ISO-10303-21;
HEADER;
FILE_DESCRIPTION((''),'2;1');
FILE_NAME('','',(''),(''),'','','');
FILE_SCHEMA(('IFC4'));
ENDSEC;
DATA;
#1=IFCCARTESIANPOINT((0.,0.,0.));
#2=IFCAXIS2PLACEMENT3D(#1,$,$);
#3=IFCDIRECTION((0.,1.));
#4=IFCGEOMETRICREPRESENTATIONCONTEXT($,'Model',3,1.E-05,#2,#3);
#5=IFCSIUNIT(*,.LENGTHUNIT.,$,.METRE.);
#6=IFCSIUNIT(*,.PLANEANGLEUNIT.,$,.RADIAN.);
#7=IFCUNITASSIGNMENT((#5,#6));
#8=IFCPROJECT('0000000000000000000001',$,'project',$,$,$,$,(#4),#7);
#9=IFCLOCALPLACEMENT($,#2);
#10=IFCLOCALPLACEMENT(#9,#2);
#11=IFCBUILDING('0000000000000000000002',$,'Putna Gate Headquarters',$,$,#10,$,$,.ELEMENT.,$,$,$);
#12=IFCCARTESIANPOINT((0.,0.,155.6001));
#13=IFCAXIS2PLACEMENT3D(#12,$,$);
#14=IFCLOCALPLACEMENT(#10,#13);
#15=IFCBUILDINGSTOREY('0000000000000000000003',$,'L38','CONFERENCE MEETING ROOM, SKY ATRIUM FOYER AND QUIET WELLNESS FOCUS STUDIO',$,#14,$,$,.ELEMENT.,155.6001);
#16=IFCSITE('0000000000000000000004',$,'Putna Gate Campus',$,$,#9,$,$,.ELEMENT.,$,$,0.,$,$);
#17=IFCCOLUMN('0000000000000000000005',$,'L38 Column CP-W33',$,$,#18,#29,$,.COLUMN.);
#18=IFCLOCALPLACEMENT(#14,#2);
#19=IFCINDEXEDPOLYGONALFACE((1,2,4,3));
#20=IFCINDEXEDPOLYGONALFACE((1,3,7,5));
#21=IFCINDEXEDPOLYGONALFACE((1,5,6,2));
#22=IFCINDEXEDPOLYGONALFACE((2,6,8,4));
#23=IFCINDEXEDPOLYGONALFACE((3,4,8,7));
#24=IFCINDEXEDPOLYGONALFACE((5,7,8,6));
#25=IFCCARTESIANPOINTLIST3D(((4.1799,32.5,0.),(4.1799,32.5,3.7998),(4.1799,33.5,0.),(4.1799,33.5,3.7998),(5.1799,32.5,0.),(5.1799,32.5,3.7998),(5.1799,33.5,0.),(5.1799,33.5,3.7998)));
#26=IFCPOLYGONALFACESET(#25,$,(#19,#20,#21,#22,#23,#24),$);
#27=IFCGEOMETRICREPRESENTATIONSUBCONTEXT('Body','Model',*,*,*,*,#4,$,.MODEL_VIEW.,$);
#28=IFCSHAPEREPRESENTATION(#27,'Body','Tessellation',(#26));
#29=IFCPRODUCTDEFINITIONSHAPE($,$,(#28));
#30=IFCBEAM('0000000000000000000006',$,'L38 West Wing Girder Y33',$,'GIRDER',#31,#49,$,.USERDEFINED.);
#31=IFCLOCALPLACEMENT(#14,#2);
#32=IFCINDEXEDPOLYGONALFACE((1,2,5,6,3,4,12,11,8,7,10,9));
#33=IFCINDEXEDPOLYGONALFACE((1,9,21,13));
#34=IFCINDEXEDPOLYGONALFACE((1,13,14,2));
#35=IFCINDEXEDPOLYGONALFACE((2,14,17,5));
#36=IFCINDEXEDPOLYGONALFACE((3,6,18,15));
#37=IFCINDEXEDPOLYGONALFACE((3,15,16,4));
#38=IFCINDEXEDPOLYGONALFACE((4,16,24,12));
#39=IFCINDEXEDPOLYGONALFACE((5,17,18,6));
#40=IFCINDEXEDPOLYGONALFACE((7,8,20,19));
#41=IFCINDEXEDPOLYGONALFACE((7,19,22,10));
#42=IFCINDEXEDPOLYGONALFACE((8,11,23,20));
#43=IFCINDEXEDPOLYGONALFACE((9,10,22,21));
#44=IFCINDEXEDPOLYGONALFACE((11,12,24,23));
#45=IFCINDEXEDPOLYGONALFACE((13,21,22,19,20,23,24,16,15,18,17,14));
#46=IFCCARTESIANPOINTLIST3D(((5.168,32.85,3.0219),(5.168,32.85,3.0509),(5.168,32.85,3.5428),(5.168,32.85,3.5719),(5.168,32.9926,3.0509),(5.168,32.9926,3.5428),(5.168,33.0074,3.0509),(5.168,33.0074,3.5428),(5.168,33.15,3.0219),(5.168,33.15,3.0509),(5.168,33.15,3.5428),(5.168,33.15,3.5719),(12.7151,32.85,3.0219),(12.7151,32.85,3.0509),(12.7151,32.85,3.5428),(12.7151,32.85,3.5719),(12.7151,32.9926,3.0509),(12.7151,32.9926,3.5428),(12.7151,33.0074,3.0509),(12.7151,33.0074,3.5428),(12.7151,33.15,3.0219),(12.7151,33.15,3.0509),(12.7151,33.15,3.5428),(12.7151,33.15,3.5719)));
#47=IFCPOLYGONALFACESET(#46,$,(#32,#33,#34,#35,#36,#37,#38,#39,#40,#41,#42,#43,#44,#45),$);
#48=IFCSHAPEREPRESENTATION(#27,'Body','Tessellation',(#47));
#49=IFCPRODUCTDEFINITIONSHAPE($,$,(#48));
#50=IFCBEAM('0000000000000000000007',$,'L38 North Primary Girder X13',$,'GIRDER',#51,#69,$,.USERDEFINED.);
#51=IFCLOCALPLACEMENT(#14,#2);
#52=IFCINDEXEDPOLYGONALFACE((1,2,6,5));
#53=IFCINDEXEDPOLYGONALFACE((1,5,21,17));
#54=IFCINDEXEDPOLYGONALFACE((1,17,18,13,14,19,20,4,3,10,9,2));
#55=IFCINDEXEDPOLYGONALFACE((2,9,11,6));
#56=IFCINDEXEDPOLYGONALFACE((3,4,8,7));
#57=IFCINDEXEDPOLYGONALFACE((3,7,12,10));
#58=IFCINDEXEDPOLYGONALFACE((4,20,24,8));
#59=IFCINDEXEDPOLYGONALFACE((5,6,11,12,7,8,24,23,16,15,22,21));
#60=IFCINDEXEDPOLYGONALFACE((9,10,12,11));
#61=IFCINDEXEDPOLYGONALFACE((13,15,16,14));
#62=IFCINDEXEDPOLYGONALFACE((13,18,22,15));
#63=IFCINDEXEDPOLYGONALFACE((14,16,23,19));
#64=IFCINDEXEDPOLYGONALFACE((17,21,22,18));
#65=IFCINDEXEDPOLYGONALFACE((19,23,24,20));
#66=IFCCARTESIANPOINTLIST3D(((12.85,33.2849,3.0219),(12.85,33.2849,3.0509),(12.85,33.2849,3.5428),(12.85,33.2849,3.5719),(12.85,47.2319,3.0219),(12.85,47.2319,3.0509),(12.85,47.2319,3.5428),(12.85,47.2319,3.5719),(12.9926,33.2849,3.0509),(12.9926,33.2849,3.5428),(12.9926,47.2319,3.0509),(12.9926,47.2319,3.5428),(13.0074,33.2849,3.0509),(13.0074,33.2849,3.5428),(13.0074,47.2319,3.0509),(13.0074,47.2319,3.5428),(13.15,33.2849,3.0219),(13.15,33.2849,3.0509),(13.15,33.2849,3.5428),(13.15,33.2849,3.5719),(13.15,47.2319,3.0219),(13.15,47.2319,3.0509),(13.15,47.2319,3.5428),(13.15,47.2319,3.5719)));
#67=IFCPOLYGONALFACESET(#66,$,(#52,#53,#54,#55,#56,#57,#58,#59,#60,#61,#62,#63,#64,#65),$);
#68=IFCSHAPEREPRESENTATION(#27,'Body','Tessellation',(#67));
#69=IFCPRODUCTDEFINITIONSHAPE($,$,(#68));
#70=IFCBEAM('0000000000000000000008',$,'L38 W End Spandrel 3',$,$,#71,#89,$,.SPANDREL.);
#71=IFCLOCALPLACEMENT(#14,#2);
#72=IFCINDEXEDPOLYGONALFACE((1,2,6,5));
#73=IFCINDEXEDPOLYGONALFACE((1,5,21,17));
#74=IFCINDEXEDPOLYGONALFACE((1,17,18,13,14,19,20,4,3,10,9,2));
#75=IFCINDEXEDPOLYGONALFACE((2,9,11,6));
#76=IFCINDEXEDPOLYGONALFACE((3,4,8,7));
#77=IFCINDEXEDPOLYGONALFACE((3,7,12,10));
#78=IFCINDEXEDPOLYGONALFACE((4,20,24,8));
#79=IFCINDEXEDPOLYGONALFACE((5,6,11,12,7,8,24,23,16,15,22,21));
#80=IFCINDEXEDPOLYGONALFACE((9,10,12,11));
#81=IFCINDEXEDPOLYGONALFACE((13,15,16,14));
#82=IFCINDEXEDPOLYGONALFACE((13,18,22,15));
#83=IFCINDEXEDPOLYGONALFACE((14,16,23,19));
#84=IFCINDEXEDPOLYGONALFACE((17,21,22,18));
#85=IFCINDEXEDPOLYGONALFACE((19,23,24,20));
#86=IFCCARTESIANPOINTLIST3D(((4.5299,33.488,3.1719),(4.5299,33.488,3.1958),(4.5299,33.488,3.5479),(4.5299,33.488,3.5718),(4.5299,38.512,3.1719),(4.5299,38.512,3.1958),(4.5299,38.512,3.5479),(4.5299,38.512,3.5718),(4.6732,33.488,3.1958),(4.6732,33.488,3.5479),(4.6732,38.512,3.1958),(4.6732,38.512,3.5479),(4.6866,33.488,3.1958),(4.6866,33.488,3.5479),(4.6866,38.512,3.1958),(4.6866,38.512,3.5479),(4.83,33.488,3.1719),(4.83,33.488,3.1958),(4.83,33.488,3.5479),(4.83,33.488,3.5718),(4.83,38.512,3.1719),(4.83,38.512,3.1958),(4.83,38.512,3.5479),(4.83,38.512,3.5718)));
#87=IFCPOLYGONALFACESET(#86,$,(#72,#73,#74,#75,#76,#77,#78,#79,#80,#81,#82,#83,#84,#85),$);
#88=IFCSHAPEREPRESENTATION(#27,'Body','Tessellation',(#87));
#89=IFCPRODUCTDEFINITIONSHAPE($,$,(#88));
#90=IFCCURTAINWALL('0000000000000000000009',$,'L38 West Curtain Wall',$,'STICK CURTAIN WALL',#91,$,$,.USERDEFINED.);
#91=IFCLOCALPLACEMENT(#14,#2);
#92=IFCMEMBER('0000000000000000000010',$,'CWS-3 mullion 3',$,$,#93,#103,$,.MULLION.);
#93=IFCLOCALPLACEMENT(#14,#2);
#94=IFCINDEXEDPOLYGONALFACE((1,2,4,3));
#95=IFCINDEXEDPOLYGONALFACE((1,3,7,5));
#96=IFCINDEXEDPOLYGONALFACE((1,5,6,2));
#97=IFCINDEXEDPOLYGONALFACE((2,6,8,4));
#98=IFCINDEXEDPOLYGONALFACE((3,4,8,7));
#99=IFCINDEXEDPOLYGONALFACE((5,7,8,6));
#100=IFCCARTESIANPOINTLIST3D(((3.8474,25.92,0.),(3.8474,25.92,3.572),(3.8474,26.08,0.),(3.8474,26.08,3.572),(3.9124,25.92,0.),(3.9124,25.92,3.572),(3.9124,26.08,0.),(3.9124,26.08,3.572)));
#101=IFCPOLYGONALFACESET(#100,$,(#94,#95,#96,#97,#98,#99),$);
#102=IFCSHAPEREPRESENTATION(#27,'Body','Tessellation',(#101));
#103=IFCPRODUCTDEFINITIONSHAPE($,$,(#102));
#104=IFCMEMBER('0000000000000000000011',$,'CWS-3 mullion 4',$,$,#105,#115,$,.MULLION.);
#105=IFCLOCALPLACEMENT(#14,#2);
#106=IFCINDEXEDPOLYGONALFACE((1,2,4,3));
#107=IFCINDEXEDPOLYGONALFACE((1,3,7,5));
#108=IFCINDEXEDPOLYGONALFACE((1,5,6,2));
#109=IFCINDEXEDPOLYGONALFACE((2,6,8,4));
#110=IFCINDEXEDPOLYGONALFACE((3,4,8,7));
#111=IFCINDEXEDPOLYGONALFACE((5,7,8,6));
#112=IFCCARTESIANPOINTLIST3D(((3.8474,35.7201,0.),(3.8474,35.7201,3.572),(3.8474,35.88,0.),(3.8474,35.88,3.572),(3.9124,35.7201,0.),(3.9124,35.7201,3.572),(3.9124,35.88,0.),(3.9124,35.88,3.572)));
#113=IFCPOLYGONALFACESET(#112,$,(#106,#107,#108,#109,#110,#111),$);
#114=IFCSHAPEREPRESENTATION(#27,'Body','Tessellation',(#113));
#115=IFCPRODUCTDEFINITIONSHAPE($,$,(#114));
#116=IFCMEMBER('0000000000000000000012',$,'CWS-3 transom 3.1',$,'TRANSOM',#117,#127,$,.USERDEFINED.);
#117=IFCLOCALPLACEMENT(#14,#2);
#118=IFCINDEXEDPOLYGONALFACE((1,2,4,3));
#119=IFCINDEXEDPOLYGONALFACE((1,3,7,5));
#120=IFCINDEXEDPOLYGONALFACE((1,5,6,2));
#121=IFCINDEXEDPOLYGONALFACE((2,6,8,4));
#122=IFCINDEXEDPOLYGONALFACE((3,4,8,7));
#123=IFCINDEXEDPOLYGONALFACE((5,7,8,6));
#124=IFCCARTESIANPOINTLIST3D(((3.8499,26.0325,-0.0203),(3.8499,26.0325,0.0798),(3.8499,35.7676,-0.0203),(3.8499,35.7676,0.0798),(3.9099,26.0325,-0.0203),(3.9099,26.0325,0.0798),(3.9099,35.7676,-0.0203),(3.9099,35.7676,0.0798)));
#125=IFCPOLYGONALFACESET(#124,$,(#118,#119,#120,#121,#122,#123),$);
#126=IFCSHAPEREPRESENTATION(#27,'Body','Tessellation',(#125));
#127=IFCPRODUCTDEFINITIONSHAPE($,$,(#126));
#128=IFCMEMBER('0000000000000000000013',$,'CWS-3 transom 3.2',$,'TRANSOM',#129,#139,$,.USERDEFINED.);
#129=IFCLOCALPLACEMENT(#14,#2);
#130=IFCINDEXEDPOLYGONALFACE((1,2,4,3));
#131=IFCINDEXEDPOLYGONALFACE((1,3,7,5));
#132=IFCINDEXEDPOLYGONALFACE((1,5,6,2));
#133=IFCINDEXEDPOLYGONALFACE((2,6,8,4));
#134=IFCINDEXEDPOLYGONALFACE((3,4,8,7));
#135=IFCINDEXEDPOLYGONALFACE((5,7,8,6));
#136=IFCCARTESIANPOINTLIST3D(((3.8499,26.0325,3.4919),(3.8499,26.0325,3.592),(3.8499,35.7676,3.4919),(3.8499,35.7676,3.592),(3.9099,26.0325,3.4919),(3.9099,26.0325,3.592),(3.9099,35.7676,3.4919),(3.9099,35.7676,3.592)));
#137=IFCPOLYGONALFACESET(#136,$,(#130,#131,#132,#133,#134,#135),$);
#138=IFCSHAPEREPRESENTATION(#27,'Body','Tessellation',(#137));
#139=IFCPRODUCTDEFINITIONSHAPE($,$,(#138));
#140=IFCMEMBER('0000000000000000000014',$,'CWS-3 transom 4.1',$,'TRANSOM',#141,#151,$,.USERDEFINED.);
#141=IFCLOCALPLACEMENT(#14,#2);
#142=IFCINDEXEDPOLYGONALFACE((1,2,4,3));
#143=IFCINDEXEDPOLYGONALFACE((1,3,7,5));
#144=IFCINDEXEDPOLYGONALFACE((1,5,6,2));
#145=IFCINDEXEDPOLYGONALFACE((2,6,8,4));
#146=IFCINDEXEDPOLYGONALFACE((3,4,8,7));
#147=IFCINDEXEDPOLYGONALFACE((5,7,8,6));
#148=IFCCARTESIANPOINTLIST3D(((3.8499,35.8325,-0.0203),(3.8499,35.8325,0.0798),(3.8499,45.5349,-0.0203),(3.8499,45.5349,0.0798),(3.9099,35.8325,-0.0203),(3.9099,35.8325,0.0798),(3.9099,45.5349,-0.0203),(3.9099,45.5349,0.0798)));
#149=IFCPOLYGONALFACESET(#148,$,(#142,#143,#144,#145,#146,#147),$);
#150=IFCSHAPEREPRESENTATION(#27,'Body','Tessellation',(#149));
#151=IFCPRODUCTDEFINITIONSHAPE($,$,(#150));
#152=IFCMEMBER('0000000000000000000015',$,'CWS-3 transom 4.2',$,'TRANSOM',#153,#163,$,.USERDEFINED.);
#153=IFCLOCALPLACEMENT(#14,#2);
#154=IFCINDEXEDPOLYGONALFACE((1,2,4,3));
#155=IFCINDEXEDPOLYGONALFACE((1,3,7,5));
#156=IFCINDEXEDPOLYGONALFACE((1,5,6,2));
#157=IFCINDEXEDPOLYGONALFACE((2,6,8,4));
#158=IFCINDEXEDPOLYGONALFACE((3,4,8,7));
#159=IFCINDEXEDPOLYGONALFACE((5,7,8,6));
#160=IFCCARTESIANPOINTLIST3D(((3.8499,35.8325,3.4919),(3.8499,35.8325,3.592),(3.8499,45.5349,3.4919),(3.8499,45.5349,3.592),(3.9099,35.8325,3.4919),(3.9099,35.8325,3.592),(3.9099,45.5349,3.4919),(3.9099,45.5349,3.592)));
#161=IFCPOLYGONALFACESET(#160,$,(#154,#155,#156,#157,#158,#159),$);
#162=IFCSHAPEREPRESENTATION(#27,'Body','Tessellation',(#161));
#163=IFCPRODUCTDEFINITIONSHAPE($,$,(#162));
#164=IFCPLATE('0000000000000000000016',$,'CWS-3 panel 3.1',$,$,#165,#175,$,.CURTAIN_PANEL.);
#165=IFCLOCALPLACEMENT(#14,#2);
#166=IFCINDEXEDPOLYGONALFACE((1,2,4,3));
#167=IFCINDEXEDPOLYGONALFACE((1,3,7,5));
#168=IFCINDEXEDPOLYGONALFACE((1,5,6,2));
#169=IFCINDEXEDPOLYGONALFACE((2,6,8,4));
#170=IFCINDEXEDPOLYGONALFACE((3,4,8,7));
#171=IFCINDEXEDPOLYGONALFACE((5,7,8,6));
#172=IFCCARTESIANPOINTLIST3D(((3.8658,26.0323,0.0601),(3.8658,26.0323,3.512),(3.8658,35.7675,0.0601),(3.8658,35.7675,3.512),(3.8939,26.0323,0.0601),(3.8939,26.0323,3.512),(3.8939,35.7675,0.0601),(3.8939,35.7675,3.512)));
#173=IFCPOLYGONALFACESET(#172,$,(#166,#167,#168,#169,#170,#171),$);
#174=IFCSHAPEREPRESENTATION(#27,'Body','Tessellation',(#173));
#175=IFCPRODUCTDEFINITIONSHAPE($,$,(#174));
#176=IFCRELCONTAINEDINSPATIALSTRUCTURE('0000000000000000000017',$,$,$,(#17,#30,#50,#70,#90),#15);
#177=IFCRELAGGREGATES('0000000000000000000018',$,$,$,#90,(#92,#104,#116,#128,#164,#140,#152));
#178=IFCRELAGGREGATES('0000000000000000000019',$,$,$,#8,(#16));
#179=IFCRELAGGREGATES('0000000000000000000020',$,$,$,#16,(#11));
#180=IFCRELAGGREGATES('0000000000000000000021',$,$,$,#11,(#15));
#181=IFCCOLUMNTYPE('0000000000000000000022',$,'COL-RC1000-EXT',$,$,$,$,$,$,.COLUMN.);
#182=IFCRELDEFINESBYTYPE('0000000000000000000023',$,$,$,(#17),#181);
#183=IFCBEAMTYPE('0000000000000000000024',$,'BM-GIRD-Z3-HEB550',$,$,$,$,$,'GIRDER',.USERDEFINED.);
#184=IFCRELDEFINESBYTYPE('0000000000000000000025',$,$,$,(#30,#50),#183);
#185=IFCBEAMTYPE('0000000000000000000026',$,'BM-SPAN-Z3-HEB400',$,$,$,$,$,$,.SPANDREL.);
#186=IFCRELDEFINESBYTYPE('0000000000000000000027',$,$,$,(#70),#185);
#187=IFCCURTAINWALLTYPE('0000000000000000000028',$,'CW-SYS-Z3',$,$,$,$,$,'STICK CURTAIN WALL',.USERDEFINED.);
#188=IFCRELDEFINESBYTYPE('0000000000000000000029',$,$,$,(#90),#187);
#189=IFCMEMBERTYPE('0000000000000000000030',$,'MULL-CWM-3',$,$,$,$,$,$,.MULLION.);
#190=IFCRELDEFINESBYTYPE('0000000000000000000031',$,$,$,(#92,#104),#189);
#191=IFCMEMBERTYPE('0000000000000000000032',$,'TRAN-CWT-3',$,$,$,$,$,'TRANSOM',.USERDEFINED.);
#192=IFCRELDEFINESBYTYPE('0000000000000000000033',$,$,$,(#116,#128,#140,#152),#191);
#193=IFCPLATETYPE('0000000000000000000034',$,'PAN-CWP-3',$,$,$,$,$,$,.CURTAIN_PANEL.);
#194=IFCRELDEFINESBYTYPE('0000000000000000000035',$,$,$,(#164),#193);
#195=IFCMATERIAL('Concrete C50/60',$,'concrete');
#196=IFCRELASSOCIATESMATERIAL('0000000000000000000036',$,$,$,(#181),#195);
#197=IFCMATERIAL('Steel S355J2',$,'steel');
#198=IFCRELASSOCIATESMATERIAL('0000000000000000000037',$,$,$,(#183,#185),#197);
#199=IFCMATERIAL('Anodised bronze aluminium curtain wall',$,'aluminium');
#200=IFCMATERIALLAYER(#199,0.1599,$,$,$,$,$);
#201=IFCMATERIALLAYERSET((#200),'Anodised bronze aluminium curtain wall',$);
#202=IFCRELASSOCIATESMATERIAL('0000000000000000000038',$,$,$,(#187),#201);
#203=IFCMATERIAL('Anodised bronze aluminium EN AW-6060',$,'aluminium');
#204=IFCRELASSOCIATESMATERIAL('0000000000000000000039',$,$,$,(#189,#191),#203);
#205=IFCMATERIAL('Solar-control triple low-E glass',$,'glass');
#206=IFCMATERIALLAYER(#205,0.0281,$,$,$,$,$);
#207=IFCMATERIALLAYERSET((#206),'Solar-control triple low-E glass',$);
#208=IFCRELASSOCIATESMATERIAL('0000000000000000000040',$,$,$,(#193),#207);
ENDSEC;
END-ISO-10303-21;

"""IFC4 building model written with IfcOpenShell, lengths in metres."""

from ifc_helpers import new_model, si_unit, direction, frame, origin, origin_2d, place, context, subcontext, project, spatial, rectangle, i_section, extrude, material, layer, layer_set, material_profile, profile_set, type_object, element, aggregate, save


model = new_model("IFC4")

# Units and contexts
model_context = context("Model", 3, precision=1e-05, world=origin(), true_north=direction((0.0, 1.0)))
body_context = subcontext(model_context, "Body", "Model", "MODEL_VIEW")
ifc_project = project(units=[si_unit("LENGTHUNIT", "METRE"), si_unit("PLANEANGLEUNIT", "RADIAN")], contexts=[model_context])

# Site, building, storey
site_placement = place(None, origin())
site = spatial("IfcSite", under=ifc_project, at=site_placement, Name="Putna Gate Campus", CompositionType="ELEMENT", RefElevation=0.0)
building_placement = place(site_placement, origin())
building = spatial("IfcBuilding", under=site, at=building_placement, Name="Putna Gate Headquarters", CompositionType="ELEMENT")
storey_placement = place(building_placement, frame((0.0, 0.0, 155.6001)))
storey = spatial("IfcBuildingStorey", under=building, at=storey_placement, Name="L38", Description="CONFERENCE MEETING ROOM, SKY ATRIUM FOYER AND QUIET WELLNESS FOCUS STUDIO", CompositionType="ELEMENT", Elevation=155.6001)

# Column
ifc_material_1 = material(Name="Concrete C50/60", Category="concrete")
ifc_material_profile_1 = material_profile(ifc_material_1, rectangle(XDim=1.0, YDim=1.0, at=origin_2d()), Name="Concrete C50/60")
ifc_profile_set_1 = profile_set([ifc_material_profile_1], Name="Concrete C50/60")
column_type = type_object("IfcColumnType", Name="COL-RC1000-EXT", PredefinedType="COLUMN", material=ifc_profile_set_1)
column_placement = place(storey_placement, frame((4.6799, 33.0, 0.0), z_axis=(0.0, 0.0, 1.0), x_axis=(1.0, 0.0, 0.0)))
element("IfcColumn", 1, at=column_placement, inside=storey, type_object=column_type, Name="L38 Column CP-W33", PredefinedType="COLUMN", context=body_context, shape_type="SweptSolid", body=[
    extrude(rectangle(XDim=1.0, YDim=1.0, at=origin_2d()), origin(), (0.0, 0.0, 1.0), 3.7998),
])

# Beams
ifc_material_2 = material(Name="Steel S355J2", Category="steel")
ifc_material_profile_2 = material_profile(ifc_material_2, i_section(OverallWidth=0.3, OverallDepth=0.55, WebThickness=0.0149, FlangeThickness=0.0291, at=origin_2d()), Name="Steel S355J2")
ifc_profile_set_2 = profile_set([ifc_material_profile_2], Name="Steel S355J2")
beam_type_1 = type_object("IfcBeamType", Name="BM-GIRD-Z3-HEB550", ElementType="GIRDER", PredefinedType="USERDEFINED", material=ifc_profile_set_2)
beam_1_placement = place(storey_placement, frame((5.168, 33.0, 3.2969), z_axis=(1.0, 0.0, 0.0), x_axis=(0.0, 1.0, 0.0)))
element("IfcBeam", 2, at=beam_1_placement, inside=storey, type_object=beam_type_1, Name="L38 West Wing Girder Y33", ObjectType="GIRDER", PredefinedType="USERDEFINED", context=body_context, shape_type="SweptSolid", body=[
    extrude(i_section(OverallWidth=0.3, OverallDepth=0.55, WebThickness=0.0149, FlangeThickness=0.0291, at=origin_2d()), origin(), (0.0, 0.0, 1.0), 7.5471),
])
beam_2_placement = place(storey_placement, frame((13.0, 33.2849, 3.2969), z_axis=(0.0, 1.0, 0.0), x_axis=(-1.0, 0.0, 0.0)))
element("IfcBeam", 3, at=beam_2_placement, inside=storey, type_object=beam_type_1, Name="L38 North Primary Girder X13", ObjectType="GIRDER", PredefinedType="USERDEFINED", context=body_context, shape_type="SweptSolid", body=[
    extrude(i_section(OverallWidth=0.3, OverallDepth=0.55, WebThickness=0.0149, FlangeThickness=0.0291, at=origin_2d()), origin(), (0.0, 0.0, 1.0), 13.947),
])
ifc_material_profile_3 = material_profile(ifc_material_2, i_section(OverallWidth=0.3, OverallDepth=0.3999, WebThickness=0.0134, FlangeThickness=0.0239, at=origin_2d()), Name="Steel S355J2")
ifc_profile_set_3 = profile_set([ifc_material_profile_3], Name="Steel S355J2")
beam_type_2 = type_object("IfcBeamType", Name="BM-SPAN-Z3-HEB400", PredefinedType="SPANDREL", material=ifc_profile_set_3)
beam_3_placement = place(storey_placement, frame((4.6799, 33.488, 3.3718), z_axis=(0.0, 1.0, 0.0), x_axis=(-1.0, 0.0, 0.0)))
element("IfcBeam", 4, at=beam_3_placement, inside=storey, type_object=beam_type_2, Name="L38 W End Spandrel 3", PredefinedType="SPANDREL", context=body_context, shape_type="SweptSolid", body=[
    extrude(i_section(OverallWidth=0.3, OverallDepth=0.3999, WebThickness=0.0134, FlangeThickness=0.0239, at=origin_2d()), origin(), (0.0, 0.0, 1.0), 5.0239),
])

# Curtain wall, members, plate
ifc_material_3 = material(Name="Anodised bronze aluminium curtain wall", Category="aluminium")
ifc_layer_1 = layer(ifc_material_3, 0.1599)
ifc_layer_set_1 = layer_set([ifc_layer_1], Name="Anodised bronze aluminium curtain wall")
curtain_wall_type = type_object("IfcCurtainWallType", Name="CW-SYS-Z3", ElementType="STICK CURTAIN WALL", PredefinedType="USERDEFINED", material=ifc_layer_set_1)
curtain_wall_placement = place(storey_placement, origin())
curtain_wall = element("IfcCurtainWall", 5, at=curtain_wall_placement, inside=storey, type_object=curtain_wall_type, Name="L38 West Curtain Wall", ObjectType="STICK CURTAIN WALL", PredefinedType="USERDEFINED")
ifc_material_4 = material(Name="Anodised bronze aluminium EN AW-6060", Category="aluminium")
ifc_material_profile_4 = material_profile(ifc_material_4, rectangle(XDim=0.0649, YDim=0.1599, at=origin_2d()), Name="Anodised bronze aluminium EN AW-6060")
ifc_profile_set_4 = profile_set([ifc_material_profile_4], Name="Anodised bronze aluminium EN AW-6060")
member_type_1 = type_object("IfcMemberType", Name="MULL-CWM-3", PredefinedType="MULLION", material=ifc_profile_set_4)
member_1_placement = place(storey_placement, frame((3.8799, 26.0, 0.0), z_axis=(0.0, 0.0, 1.0), x_axis=(-1.0, 0.0, 0.0)))
member_1 = element("IfcMember", 6, at=member_1_placement, type_object=member_type_1, Name="CWS-3 mullion 3", PredefinedType="MULLION", context=body_context, shape_type="SweptSolid", body=[
    extrude(rectangle(XDim=0.0649, YDim=0.1599, at=origin_2d()), origin(), (0.0, 0.0, 1.0), 3.572),
])
member_2_placement = place(storey_placement, frame((3.8799, 35.8, 0.0), z_axis=(0.0, 0.0, 1.0), x_axis=(-1.0, 0.0, 0.0)))
member_2 = element("IfcMember", 7, at=member_2_placement, type_object=member_type_1, Name="CWS-3 mullion 4", PredefinedType="MULLION", context=body_context, shape_type="SweptSolid", body=[
    extrude(rectangle(XDim=0.0649, YDim=0.1599, at=origin_2d()), origin(), (0.0, 0.0, 1.0), 3.572),
])
ifc_material_profile_5 = material_profile(ifc_material_4, rectangle(XDim=0.0601, YDim=0.1001, at=origin_2d()), Name="Anodised bronze aluminium EN AW-6060")
ifc_profile_set_5 = profile_set([ifc_material_profile_5], Name="Anodised bronze aluminium EN AW-6060")
member_type_2 = type_object("IfcMemberType", Name="TRAN-CWT-3", ElementType="TRANSOM", PredefinedType="USERDEFINED", material=ifc_profile_set_5)
member_3_placement = place(storey_placement, frame((3.8799, 26.0325, 0.0298), z_axis=(0.0, 1.0, 0.0), x_axis=(-1.0, 0.0, 0.0)))
member_3 = element("IfcMember", 8, at=member_3_placement, type_object=member_type_2, Name="CWS-3 transom 3.1", ObjectType="TRANSOM", PredefinedType="USERDEFINED", context=body_context, shape_type="SweptSolid", body=[
    extrude(rectangle(XDim=0.0601, YDim=0.1001, at=origin_2d()), origin(), (0.0, 0.0, 1.0), 9.7351),
])
member_4_placement = place(storey_placement, frame((3.8799, 26.0325, 3.542), z_axis=(0.0, 1.0, 0.0), x_axis=(-1.0, 0.0, 0.0)))
member_4 = element("IfcMember", 9, at=member_4_placement, type_object=member_type_2, Name="CWS-3 transom 3.2", ObjectType="TRANSOM", PredefinedType="USERDEFINED", context=body_context, shape_type="SweptSolid", body=[
    extrude(rectangle(XDim=0.0601, YDim=0.1001, at=origin_2d()), origin(), (0.0, 0.0, 1.0), 9.7351),
])
member_5_placement = place(storey_placement, frame((3.8799, 35.8325, 0.0298), z_axis=(0.0, 1.0, 0.0), x_axis=(-1.0, 0.0, 0.0)))
member_5 = element("IfcMember", 10, at=member_5_placement, type_object=member_type_2, Name="CWS-3 transom 4.1", ObjectType="TRANSOM", PredefinedType="USERDEFINED", context=body_context, shape_type="SweptSolid", body=[
    extrude(rectangle(XDim=0.0601, YDim=0.1001, at=origin_2d()), origin(), (0.0, 0.0, 1.0), 9.7024),
])
member_6_placement = place(storey_placement, frame((3.8799, 35.8325, 3.542), z_axis=(0.0, 1.0, 0.0), x_axis=(-1.0, 0.0, 0.0)))
member_6 = element("IfcMember", 11, at=member_6_placement, type_object=member_type_2, Name="CWS-3 transom 4.2", ObjectType="TRANSOM", PredefinedType="USERDEFINED", context=body_context, shape_type="SweptSolid", body=[
    extrude(rectangle(XDim=0.0601, YDim=0.1001, at=origin_2d()), origin(), (0.0, 0.0, 1.0), 9.7024),
])
ifc_material_5 = material(Name="Solar-control triple low-E glass", Category="glass")
ifc_layer_2 = layer(ifc_material_5, 0.0281)
ifc_layer_set_2 = layer_set([ifc_layer_2], Name="Solar-control triple low-E glass")
plate_type = type_object("IfcPlateType", Name="PAN-CWP-3", PredefinedType="CURTAIN_PANEL", material=ifc_layer_set_2)
plate_placement = place(storey_placement, frame((3.8799, 30.8999, 0.0601), z_axis=(0.0, 0.0, 1.0), x_axis=(0.0, 1.0, 0.0)))
plate = element("IfcPlate", 12, at=plate_placement, type_object=plate_type, Name="CWS-3 panel 3.1", PredefinedType="CURTAIN_PANEL", context=body_context, shape_type="SweptSolid", body=[
    extrude(rectangle(XDim=9.7351, YDim=0.0281, at=origin_2d()), origin(), (0.0, 0.0, 1.0), 3.4519),
])
aggregate(curtain_wall, [member_1, member_2, member_3, member_4, plate, member_5, member_6])

save(model, "model.ifc")
